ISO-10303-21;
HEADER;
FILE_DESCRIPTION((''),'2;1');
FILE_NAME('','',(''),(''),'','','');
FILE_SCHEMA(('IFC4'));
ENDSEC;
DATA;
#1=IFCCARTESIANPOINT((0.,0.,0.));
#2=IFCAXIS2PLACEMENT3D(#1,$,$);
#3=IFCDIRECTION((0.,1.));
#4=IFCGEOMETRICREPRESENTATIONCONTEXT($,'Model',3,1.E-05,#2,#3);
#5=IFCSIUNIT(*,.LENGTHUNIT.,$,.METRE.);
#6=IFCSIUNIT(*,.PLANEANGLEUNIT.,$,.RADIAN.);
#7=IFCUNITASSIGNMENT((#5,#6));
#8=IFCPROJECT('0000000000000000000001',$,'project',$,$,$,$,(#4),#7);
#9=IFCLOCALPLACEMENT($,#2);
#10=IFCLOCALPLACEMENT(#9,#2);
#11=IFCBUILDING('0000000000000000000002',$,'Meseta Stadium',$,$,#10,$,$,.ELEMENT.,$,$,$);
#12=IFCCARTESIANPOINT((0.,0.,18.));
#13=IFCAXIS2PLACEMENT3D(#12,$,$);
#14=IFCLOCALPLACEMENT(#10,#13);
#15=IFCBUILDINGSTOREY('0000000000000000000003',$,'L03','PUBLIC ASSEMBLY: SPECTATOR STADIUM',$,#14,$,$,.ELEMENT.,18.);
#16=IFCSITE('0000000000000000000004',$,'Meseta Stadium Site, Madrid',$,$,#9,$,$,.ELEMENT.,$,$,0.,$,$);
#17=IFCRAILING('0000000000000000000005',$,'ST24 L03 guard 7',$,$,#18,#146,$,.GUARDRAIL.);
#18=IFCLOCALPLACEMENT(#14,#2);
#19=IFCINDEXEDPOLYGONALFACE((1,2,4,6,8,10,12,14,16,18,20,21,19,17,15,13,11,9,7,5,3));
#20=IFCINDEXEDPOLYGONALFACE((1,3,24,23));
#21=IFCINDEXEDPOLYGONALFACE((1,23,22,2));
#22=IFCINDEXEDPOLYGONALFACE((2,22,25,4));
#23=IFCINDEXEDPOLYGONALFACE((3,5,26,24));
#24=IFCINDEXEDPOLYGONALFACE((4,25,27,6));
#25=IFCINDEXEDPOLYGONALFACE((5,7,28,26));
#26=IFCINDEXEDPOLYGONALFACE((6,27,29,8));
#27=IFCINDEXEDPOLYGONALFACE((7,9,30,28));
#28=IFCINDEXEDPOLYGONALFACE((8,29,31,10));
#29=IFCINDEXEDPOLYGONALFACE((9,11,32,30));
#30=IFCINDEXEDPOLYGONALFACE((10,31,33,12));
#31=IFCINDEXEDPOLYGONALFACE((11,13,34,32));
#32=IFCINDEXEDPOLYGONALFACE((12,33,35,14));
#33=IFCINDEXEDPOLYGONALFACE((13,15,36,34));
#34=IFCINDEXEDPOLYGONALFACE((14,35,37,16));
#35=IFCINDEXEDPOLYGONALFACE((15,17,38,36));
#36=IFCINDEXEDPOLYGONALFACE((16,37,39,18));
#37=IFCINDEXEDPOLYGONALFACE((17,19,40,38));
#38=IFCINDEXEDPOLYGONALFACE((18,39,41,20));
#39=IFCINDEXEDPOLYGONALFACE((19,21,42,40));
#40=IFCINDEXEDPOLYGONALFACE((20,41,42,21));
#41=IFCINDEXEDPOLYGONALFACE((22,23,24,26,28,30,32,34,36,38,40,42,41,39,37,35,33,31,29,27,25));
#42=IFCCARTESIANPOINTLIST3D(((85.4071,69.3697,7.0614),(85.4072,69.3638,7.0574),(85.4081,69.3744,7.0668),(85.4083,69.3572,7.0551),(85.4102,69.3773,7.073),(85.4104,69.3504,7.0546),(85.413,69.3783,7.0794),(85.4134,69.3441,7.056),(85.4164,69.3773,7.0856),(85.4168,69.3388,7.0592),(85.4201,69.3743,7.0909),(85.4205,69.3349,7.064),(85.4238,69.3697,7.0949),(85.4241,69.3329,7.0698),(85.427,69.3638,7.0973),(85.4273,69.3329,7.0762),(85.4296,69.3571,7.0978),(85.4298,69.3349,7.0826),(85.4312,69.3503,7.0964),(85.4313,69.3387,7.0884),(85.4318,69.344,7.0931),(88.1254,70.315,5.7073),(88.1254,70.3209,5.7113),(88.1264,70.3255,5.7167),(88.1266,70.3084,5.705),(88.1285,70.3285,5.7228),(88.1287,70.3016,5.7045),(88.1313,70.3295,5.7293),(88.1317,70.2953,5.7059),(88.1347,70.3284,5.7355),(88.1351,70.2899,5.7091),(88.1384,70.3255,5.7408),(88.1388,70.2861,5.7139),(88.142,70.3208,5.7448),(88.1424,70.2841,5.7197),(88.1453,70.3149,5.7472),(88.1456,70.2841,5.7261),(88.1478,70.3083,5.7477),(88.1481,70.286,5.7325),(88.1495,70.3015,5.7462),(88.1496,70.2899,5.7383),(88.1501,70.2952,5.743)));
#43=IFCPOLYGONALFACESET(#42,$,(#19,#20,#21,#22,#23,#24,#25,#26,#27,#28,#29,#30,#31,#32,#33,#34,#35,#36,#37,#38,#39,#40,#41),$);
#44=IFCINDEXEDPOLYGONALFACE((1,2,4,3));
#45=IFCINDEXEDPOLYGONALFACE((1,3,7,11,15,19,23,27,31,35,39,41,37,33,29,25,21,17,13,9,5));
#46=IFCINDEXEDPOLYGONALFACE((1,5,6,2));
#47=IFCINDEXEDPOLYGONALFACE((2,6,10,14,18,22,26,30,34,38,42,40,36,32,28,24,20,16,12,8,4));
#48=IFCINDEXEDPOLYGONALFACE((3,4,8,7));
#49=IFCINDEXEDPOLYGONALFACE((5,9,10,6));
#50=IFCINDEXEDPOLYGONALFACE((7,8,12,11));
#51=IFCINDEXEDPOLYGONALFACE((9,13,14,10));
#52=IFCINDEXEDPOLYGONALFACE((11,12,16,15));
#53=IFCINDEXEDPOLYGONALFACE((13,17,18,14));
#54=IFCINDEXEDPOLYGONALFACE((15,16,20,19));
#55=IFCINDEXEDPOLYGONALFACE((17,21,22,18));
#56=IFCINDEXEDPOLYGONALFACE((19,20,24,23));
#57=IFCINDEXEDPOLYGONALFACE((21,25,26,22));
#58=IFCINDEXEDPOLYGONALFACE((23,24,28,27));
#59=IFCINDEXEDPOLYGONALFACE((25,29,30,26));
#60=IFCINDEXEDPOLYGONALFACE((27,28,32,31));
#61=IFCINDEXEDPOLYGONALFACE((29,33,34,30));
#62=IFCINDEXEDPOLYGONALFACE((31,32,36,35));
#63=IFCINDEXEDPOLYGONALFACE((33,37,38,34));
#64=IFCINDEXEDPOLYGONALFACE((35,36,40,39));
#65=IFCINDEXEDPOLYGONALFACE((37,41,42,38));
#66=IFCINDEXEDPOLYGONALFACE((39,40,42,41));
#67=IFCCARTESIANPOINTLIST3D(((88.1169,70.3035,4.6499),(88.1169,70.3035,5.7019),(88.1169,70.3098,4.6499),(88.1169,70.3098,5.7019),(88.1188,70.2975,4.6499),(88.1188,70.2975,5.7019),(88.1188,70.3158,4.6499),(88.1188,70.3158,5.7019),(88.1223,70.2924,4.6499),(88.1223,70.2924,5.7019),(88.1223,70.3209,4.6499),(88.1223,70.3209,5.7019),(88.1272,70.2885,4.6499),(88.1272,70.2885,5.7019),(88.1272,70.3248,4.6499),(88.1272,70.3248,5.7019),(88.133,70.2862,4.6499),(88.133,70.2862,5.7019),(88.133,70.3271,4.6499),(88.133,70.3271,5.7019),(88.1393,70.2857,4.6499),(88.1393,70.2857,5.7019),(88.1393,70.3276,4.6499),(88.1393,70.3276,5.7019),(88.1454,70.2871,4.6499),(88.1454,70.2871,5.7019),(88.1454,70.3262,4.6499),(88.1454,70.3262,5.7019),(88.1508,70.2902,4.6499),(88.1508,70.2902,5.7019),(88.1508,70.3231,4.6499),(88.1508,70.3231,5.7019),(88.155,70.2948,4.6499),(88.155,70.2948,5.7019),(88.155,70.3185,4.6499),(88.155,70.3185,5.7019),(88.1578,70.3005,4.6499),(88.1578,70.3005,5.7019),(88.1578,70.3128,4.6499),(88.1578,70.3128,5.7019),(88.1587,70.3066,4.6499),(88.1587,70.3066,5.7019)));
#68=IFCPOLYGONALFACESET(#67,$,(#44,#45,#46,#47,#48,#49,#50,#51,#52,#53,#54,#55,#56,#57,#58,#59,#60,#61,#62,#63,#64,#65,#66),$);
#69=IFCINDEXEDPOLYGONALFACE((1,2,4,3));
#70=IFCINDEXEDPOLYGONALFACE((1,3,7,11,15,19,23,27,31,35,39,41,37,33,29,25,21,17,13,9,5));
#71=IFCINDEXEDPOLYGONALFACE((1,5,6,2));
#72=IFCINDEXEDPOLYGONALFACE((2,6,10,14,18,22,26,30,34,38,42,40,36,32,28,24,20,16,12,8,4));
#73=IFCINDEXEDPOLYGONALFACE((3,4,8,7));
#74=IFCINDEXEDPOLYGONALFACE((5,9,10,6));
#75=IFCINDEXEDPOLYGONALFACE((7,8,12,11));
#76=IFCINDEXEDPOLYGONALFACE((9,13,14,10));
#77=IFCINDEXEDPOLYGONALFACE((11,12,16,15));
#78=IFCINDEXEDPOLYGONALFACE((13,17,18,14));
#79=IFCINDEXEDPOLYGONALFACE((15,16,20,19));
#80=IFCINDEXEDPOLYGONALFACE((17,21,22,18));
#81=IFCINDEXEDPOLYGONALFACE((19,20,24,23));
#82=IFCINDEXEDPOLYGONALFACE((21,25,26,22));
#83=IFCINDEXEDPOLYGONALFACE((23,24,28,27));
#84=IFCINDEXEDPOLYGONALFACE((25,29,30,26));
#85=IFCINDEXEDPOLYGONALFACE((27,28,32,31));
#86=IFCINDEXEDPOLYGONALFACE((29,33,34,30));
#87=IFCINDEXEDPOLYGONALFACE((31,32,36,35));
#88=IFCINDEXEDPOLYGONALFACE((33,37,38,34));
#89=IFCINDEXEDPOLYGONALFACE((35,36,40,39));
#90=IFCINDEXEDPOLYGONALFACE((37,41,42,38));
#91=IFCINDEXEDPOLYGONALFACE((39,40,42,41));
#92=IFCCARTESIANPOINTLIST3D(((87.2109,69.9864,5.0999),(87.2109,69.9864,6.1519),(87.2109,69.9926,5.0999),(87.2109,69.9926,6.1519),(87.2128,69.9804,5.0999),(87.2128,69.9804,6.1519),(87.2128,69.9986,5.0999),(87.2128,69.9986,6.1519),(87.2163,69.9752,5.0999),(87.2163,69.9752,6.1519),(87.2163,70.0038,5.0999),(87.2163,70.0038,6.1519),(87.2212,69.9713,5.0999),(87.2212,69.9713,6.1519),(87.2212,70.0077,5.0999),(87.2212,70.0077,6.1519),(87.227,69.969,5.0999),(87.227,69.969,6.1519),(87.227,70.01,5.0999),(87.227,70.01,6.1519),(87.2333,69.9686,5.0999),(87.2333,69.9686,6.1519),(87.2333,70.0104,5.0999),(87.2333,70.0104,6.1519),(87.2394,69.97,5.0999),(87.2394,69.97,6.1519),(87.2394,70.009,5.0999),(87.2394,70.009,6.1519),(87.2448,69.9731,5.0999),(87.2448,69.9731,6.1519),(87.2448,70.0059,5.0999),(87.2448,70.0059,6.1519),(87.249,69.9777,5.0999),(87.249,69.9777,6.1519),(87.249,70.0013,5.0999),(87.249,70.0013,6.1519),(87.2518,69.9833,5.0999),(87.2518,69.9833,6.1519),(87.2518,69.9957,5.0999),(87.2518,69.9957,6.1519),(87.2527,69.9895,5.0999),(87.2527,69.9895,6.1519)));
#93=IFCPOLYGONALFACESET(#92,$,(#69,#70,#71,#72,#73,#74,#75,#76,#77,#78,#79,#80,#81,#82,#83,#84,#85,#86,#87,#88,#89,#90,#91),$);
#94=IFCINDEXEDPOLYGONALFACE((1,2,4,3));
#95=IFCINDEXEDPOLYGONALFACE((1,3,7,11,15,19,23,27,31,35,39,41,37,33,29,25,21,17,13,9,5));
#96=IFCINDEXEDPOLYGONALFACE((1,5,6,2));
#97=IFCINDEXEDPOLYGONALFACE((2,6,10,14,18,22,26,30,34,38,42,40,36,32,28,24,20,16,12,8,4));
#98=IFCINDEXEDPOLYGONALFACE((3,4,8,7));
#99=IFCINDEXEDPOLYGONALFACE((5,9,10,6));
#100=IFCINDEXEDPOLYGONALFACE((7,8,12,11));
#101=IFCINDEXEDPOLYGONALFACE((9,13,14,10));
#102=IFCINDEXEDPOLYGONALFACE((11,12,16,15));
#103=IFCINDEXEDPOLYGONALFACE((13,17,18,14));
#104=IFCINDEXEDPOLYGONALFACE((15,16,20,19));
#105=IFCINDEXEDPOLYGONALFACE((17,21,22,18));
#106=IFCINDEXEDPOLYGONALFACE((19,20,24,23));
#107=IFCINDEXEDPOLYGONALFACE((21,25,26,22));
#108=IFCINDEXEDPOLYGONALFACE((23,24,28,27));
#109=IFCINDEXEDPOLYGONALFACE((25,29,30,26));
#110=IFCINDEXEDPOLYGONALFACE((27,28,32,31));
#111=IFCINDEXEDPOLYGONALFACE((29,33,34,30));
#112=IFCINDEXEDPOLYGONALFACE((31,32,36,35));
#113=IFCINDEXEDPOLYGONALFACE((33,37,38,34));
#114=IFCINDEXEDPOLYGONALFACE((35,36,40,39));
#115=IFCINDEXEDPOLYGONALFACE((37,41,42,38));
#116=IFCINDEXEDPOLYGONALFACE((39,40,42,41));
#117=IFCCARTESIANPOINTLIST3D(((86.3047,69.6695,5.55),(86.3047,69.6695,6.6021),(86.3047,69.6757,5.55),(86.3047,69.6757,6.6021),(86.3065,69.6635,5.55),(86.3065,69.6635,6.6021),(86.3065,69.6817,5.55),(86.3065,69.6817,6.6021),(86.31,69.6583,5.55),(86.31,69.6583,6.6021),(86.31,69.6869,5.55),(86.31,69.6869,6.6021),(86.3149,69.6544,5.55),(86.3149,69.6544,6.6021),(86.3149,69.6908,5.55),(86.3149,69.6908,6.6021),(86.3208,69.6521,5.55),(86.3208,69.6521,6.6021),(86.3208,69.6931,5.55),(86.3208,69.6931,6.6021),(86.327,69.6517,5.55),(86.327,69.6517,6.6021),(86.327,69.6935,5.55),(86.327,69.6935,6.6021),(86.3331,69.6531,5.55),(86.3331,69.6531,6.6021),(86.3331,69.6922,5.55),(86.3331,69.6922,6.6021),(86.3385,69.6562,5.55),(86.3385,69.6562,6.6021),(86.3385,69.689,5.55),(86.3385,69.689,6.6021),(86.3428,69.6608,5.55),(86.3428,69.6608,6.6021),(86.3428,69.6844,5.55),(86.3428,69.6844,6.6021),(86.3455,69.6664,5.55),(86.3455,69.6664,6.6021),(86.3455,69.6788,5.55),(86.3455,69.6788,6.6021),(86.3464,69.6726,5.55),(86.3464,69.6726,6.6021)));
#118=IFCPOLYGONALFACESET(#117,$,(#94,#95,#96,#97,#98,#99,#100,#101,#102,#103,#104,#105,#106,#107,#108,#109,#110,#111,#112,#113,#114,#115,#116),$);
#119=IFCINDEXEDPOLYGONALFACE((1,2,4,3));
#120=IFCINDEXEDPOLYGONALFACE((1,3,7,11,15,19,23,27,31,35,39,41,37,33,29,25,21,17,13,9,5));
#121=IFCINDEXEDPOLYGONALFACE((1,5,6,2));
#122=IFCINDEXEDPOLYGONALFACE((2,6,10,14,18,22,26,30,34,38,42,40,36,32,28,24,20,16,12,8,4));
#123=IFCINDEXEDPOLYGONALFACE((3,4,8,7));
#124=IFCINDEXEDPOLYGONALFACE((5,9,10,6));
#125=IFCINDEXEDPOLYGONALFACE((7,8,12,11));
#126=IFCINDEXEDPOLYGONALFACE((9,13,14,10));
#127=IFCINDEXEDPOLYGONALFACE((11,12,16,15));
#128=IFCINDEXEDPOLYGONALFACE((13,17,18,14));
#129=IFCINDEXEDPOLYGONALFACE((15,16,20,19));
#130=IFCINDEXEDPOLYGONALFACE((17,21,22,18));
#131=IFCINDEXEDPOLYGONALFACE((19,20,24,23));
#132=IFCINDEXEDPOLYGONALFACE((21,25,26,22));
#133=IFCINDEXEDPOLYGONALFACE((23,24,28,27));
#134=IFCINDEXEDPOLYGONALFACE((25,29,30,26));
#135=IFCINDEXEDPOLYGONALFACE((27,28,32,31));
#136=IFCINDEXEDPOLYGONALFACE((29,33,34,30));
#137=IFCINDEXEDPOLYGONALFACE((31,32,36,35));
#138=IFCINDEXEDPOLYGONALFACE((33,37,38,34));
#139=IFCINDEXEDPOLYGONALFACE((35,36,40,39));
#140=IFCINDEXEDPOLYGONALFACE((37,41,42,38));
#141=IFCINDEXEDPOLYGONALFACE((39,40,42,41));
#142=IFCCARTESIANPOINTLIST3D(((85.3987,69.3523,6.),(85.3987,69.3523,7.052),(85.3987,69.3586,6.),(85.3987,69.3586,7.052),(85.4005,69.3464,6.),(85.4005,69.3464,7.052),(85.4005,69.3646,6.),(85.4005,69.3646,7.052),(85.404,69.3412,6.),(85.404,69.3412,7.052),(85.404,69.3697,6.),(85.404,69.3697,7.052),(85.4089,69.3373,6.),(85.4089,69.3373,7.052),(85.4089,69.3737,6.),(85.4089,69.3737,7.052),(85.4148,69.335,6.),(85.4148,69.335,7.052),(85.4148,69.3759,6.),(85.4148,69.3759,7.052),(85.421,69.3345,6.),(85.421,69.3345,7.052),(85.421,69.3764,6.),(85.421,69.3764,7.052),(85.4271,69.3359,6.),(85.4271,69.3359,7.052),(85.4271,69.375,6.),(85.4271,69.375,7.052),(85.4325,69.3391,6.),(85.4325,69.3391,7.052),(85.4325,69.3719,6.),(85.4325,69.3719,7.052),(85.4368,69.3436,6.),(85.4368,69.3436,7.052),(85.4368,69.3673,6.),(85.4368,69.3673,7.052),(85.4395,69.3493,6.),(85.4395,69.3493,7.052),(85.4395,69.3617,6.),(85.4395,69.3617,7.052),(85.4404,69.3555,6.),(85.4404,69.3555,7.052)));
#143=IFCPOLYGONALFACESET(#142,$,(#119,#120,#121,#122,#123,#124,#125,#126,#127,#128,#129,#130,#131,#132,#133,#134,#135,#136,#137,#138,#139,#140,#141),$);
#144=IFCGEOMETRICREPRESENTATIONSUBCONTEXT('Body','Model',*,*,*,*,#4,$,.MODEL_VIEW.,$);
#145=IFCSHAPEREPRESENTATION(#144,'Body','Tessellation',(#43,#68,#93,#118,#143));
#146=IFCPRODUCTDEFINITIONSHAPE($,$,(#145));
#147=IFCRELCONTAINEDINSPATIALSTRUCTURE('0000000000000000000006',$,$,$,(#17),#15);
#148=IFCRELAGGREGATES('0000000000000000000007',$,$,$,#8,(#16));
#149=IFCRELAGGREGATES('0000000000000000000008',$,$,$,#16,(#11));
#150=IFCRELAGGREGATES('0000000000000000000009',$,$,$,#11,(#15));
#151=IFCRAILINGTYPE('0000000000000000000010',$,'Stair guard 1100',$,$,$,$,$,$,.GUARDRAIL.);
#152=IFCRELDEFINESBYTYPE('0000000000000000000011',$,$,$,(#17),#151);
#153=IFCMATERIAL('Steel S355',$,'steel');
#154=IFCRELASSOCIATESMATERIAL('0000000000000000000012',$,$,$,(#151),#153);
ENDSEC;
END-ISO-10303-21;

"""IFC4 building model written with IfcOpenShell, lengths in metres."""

from ifc_helpers import new_model, si_unit, direction, frame, origin, origin_2d, place, context, subcontext, project, spatial, circle, extrude, material, type_object, element, save


model = new_model("IFC4")

# Units and contexts
model_context = context("Model", 3, precision=1e-05, world=origin(), true_north=direction((0.0, 1.0)))
body_context = subcontext(model_context, "Body", "Model", "MODEL_VIEW")
ifc_project = project(units=[si_unit("LENGTHUNIT", "METRE"), si_unit("PLANEANGLEUNIT", "RADIAN")], contexts=[model_context])

# Site, building, storey
site_placement = place(None, origin())
site = spatial("IfcSite", under=ifc_project, at=site_placement, Name="Meseta Stadium Site, Madrid", CompositionType="ELEMENT", RefElevation=0.0)
building_placement = place(site_placement, origin())
building = spatial("IfcBuilding", under=site, at=building_placement, Name="Meseta Stadium", CompositionType="ELEMENT")
storey_placement = place(building_placement, frame((0.0, 0.0, 18.0)))
storey = spatial("IfcBuildingStorey", under=building, at=storey_placement, Name="L03", Description="PUBLIC ASSEMBLY: SPECTATOR STADIUM", CompositionType="ELEMENT", Elevation=18.0)

# Railing
ifc_material_1 = material(Name="Steel S355", Category="steel")
railing_type_1 = type_object("IfcRailingType", Name="Stair guard 1100", PredefinedType="GUARDRAIL", material=ifc_material_1)
railing_1_placement = place(storey_placement, frame((88.1377, 70.3066, 4.6499)))
element("IfcRailing", 1, at=railing_1_placement, inside=storey, type_object=railing_type_1, Name="ST24 L03 guard 7", PredefinedType="GUARDRAIL", context=body_context, shape_type="SweptSolid", body=[
    extrude(circle(Radius=0.0239, at=origin_2d()), frame((0.0, 0.0, 1.0762), z_axis=(-0.854629, -0.299051, 0.424474), x_axis=(0.330282, -0.943882, 0.0)), (0.0, 0.0, 1.0), 3.1807),
    extrude(circle(Radius=0.021, at=origin_2d()), origin(), (0.0, 0.0, 1.0), 1.052),
    extrude(circle(Radius=0.021, at=origin_2d()), frame((-0.906, -0.3171, 0.45)), (0.0, 0.0, 1.0), 1.052),
    extrude(circle(Radius=0.021, at=origin_2d()), frame((-1.8123, -0.634, 0.9001)), (0.0, 0.0, 1.0), 1.052),
    extrude(circle(Radius=0.021, at=origin_2d()), frame((-2.7183, -0.9512, 1.3501)), (0.0, 0.0, 1.0), 1.052),
])

save(model, "model.ifc")
